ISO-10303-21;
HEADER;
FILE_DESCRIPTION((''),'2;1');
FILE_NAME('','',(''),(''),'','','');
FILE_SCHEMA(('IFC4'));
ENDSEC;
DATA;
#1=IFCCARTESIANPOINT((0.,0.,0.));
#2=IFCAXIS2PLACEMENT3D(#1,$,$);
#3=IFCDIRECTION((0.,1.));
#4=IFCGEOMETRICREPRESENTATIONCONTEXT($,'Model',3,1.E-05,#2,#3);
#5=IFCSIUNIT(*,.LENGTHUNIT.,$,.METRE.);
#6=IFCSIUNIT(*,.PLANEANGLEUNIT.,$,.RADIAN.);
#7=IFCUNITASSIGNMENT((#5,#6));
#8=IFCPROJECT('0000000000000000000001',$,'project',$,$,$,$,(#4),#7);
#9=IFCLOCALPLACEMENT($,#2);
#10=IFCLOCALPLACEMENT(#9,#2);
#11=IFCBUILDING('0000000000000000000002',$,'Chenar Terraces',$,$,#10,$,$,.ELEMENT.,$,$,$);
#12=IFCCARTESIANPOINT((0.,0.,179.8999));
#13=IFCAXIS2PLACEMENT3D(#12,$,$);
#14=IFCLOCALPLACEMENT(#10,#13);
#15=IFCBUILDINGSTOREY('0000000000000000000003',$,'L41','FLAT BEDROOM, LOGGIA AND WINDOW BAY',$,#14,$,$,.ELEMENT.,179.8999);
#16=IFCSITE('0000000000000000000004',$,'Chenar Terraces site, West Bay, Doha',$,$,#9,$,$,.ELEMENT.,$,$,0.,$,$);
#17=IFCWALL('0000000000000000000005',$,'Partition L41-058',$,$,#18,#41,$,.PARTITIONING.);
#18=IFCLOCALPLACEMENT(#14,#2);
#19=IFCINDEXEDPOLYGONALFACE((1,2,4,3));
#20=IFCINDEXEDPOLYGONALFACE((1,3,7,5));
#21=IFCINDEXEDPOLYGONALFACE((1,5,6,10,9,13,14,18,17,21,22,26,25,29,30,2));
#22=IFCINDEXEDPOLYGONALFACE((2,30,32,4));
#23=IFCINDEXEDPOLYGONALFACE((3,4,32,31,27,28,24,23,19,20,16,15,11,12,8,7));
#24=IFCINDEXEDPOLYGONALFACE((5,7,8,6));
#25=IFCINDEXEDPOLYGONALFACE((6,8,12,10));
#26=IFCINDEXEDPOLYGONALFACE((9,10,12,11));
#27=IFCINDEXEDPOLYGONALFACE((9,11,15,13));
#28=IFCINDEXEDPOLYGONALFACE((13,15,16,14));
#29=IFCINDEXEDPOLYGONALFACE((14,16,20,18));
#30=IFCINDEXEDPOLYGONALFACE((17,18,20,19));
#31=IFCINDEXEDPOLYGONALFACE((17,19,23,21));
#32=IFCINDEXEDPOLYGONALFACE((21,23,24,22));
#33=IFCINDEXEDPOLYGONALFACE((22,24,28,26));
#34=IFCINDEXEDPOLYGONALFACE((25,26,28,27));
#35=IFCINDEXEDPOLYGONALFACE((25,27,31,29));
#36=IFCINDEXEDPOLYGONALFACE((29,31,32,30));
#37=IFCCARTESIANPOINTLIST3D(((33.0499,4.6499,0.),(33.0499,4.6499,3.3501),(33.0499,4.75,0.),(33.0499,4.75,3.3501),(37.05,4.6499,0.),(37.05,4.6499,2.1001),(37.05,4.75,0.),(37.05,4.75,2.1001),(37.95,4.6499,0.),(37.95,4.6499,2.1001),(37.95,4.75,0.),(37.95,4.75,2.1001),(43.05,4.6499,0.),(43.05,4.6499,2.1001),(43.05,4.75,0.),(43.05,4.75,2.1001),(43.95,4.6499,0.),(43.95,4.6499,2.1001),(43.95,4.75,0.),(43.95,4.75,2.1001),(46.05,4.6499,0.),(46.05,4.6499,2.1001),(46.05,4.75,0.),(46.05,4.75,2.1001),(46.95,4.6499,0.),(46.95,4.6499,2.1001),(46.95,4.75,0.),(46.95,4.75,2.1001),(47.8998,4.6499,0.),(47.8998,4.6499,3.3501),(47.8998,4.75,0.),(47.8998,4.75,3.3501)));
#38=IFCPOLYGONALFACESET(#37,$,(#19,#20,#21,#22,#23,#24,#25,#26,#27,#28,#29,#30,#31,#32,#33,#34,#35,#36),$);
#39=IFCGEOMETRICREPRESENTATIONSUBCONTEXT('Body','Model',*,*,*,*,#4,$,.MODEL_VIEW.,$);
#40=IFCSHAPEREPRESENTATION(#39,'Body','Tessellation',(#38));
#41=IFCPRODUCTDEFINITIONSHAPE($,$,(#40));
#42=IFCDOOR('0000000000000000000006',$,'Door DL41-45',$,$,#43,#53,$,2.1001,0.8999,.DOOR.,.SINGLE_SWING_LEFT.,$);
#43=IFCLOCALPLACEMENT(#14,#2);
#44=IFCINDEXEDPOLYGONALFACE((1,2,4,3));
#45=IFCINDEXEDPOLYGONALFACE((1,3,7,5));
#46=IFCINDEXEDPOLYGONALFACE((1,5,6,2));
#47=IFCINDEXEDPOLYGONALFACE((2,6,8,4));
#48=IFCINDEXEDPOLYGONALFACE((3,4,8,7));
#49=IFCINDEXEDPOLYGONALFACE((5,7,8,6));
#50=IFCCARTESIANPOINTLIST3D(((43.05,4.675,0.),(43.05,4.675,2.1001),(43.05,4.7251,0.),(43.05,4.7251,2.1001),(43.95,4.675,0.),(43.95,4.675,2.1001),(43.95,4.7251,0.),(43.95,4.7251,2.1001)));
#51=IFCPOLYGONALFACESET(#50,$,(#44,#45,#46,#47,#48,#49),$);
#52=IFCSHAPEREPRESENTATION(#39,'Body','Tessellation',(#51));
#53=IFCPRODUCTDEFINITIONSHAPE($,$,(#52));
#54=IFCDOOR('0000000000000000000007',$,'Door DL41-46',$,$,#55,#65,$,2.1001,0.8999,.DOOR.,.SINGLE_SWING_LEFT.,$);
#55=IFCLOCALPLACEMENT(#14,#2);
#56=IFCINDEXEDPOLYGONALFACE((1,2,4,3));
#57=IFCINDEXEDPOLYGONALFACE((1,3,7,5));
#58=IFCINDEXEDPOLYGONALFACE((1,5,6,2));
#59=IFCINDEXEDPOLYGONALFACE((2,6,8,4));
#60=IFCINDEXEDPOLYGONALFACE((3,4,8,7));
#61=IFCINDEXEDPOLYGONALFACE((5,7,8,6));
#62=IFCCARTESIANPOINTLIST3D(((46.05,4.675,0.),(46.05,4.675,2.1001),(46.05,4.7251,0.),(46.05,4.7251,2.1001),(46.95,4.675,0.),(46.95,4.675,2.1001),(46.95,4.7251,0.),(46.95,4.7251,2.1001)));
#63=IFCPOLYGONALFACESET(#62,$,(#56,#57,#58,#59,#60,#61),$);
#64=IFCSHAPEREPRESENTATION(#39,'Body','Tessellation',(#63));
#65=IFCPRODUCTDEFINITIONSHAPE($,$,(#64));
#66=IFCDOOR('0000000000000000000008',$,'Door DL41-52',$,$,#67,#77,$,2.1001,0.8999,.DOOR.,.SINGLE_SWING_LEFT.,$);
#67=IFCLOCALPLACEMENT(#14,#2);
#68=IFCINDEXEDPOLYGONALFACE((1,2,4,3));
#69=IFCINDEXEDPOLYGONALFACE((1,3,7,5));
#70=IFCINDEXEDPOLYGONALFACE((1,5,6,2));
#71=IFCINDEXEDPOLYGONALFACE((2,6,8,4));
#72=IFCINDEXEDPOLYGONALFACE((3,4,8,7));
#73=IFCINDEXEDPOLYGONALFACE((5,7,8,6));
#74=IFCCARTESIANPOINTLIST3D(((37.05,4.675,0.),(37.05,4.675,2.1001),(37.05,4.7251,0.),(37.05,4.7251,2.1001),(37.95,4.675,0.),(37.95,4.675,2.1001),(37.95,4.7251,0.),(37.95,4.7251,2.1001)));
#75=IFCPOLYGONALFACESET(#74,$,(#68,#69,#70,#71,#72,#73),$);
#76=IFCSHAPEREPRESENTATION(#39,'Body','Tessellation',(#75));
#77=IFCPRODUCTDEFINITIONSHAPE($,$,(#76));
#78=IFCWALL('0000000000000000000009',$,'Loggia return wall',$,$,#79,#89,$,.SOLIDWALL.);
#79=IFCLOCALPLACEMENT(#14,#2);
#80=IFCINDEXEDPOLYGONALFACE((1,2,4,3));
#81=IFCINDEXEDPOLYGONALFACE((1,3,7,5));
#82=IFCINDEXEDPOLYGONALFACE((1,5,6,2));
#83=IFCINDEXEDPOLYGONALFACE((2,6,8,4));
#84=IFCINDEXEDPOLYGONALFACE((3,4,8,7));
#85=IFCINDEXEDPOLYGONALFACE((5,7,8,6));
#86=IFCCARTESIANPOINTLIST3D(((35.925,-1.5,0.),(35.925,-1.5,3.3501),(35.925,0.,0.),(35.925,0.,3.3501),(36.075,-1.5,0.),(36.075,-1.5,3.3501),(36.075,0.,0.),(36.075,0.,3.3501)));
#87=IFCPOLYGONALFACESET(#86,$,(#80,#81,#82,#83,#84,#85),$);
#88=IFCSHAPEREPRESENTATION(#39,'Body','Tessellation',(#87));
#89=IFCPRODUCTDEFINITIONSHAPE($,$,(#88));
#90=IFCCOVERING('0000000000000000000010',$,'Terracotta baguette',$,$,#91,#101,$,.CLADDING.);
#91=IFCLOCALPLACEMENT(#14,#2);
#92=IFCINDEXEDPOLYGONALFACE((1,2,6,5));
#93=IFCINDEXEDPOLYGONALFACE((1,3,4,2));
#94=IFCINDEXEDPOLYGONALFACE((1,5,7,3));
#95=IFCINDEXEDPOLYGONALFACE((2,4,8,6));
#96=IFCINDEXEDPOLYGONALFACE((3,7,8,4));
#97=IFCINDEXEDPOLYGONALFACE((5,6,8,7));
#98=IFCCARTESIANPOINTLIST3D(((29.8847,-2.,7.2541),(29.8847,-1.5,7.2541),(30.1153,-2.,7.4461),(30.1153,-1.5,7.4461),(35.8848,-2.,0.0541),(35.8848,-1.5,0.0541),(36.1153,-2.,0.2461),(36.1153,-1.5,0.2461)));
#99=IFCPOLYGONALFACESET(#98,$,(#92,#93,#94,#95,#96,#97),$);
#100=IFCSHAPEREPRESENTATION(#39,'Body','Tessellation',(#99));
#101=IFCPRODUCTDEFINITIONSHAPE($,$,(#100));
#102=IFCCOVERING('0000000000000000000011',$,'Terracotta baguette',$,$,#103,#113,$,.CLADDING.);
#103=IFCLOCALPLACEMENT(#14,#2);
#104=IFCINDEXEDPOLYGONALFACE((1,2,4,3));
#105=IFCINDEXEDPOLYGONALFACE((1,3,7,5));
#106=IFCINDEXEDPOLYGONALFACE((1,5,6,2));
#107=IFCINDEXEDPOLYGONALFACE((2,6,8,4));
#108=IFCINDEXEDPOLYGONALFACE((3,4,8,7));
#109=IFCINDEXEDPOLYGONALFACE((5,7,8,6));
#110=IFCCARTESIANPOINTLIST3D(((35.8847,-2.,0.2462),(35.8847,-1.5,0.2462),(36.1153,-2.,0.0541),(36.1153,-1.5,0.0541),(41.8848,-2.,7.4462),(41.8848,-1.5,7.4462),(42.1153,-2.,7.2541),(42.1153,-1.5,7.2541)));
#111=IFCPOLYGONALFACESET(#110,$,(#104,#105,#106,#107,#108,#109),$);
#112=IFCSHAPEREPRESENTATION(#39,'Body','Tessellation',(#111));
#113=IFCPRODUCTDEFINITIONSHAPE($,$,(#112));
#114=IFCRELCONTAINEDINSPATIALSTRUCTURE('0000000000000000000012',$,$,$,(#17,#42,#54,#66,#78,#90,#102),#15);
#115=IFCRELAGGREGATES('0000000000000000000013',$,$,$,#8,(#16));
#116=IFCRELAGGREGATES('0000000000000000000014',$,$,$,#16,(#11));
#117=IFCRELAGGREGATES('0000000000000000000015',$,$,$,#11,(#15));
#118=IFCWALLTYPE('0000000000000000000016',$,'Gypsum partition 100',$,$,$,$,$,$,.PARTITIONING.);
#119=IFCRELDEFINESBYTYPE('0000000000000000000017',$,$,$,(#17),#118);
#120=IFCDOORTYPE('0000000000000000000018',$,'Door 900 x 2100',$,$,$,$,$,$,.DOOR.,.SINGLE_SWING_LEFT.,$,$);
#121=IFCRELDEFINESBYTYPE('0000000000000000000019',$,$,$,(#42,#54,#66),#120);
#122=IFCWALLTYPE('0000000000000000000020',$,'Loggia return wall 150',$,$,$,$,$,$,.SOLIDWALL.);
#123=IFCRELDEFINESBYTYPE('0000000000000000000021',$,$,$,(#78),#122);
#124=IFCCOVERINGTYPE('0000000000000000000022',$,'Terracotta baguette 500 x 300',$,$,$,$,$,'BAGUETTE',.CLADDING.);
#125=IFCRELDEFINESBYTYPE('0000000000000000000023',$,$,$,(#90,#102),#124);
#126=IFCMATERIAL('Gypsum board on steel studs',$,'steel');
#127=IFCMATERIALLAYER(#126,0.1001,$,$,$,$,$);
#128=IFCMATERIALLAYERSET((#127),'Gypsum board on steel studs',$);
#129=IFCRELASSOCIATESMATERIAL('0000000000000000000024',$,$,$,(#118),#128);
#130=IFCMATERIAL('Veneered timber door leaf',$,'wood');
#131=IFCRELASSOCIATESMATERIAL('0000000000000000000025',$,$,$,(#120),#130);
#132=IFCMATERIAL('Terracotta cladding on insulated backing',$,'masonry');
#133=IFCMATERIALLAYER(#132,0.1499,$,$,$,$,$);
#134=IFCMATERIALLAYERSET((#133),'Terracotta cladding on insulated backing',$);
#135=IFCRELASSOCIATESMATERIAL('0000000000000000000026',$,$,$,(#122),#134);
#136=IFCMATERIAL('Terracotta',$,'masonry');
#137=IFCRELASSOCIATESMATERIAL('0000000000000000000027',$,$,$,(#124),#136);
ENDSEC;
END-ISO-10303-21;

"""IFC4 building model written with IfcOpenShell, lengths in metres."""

from ifc_helpers import new_model, si_unit, direction, frame, frame_2d, origin, origin_2d, place, context, subcontext, project, spatial, rectangle, extrude, material, layer, layer_set, material_profile, profile_set, type_object, element, fill, save


model = new_model("IFC4")

# Units and contexts
model_context = context("Model", 3, precision=1e-05, world=origin(), true_north=direction((0.0, 1.0)))
body_context = subcontext(model_context, "Body", "Model", "MODEL_VIEW")
ifc_project = project(units=[si_unit("LENGTHUNIT", "METRE"), si_unit("PLANEANGLEUNIT", "RADIAN")], contexts=[model_context])

# Site, building, storey
site_placement = place(None, origin())
site = spatial("IfcSite", under=ifc_project, at=site_placement, Name="Chenar Terraces site, West Bay, Doha", CompositionType="ELEMENT", RefElevation=0.0)
building_placement = place(site_placement, origin())
building = spatial("IfcBuilding", under=site, at=building_placement, Name="Chenar Terraces", CompositionType="ELEMENT")
storey_placement = place(building_placement, frame((0.0, 0.0, 179.8999)))
storey = spatial("IfcBuildingStorey", under=building, at=storey_placement, Name="L41", Description="FLAT BEDROOM, LOGGIA AND WINDOW BAY", CompositionType="ELEMENT", Elevation=179.8999)

# Shared definitions
ifc_material_1 = material(Name="Gypsum board on steel studs", Category="steel")
ifc_layer_1 = layer(ifc_material_1, 0.1001)
ifc_layer_set_1 = layer_set([ifc_layer_1], Name="Gypsum board on steel studs")
wall_type_1 = type_object("IfcWallType", Name="Gypsum partition 100", PredefinedType="PARTITIONING", material=ifc_layer_set_1)

# Shared definitions
ifc_material_2 = material(Name="Veneered timber door leaf", Category="wood")
door_type_1 = type_object("IfcDoorType", Name="Door 900 x 2100", OperationType="SINGLE_SWING_LEFT", PredefinedType="DOOR", material=ifc_material_2)

# Wall, openings, doors
wall_1_placement = place(storey_placement, frame((33.05, 4.7, 0.0), z_axis=(0.0, 0.0, 1.0), x_axis=(1.0, 0.0, 0.0)))
wall_1 = element("IfcWall", 1, at=wall_1_placement, inside=storey, type_object=wall_type_1, Name="Partition L41-058", PredefinedType="PARTITIONING", context=body_context, shape_type="SweptSolid", body=[
    extrude(rectangle(XDim=14.8499, YDim=0.1001, at=frame_2d((7.4248, 0.0))), origin(), (0.0, 0.0, 1.0), 3.3501),
])
opening_1_placement = place(wall_1_placement, frame((10.0, 0.0, 0.0)))
opening_1 = element("IfcOpeningElement", 2, at=opening_1_placement, cuts=wall_1, PredefinedType="OPENING", context=body_context, shape_type="SweptSolid", body=[
    extrude(rectangle(XDim=0.8999, YDim=2.1001, at=frame_2d((0.45, 1.05))), frame((0.0, 0.0601, 0.0), z_axis=(0.0, -1.0, 0.0), x_axis=(1.0, 0.0, 0.0)), (0.0, 0.0, 1.0), 0.1201),
])
opening_2_placement = place(wall_1_placement, frame((13.0, 0.0, 0.0)))
opening_2 = element("IfcOpeningElement", 3, at=opening_2_placement, cuts=wall_1, PredefinedType="OPENING", context=body_context, shape_type="SweptSolid", body=[
    extrude(rectangle(XDim=0.8999, YDim=2.1001, at=frame_2d((0.45, 1.05))), frame((0.0, 0.0601, 0.0), z_axis=(0.0, -1.0, 0.0), x_axis=(1.0, 0.0, 0.0)), (0.0, 0.0, 1.0), 0.1201),
])
opening_3_placement = place(wall_1_placement, frame((4.0, 0.0, 0.0)))
opening_3 = element("IfcOpeningElement", 4, at=opening_3_placement, cuts=wall_1, PredefinedType="OPENING", context=body_context, shape_type="SweptSolid", body=[
    extrude(rectangle(XDim=0.8999, YDim=2.1001, at=frame_2d((0.45, 1.05))), frame((0.0, 0.0601, 0.0), z_axis=(0.0, -1.0, 0.0), x_axis=(1.0, 0.0, 0.0)), (0.0, 0.0, 1.0), 0.1201),
])
door_1_placement = place(opening_1_placement, frame((0.8999, 0.0, 0.0), z_axis=(0.0, 0.0, 1.0), x_axis=(-1.0, 0.0, 0.0)))
door_1 = element("IfcDoor", 5, at=door_1_placement, inside=storey, type_object=door_type_1, Name="Door DL41-45", OperationType="SINGLE_SWING_LEFT", OverallHeight=2.1001, OverallWidth=0.8999, PredefinedType="DOOR", context=body_context, shape_type="SweptSolid", body=[
    extrude(rectangle(XDim=0.8999, YDim=2.1001, at=frame_2d((0.45, 1.05))), frame((0.0, 0.0249, 0.0), z_axis=(0.0, -1.0, 0.0), x_axis=(1.0, 0.0, 0.0)), (0.0, 0.0, 1.0), 0.05),
])
fill(opening_1, door_1)
door_2_placement = place(opening_2_placement, frame((0.8999, 0.0, 0.0), z_axis=(0.0, 0.0, 1.0), x_axis=(-1.0, 0.0, 0.0)))
door_2 = element("IfcDoor", 6, at=door_2_placement, inside=storey, type_object=door_type_1, Name="Door DL41-46", OperationType="SINGLE_SWING_LEFT", OverallHeight=2.1001, OverallWidth=0.8999, PredefinedType="DOOR", context=body_context, shape_type="SweptSolid", body=[
    extrude(rectangle(XDim=0.8999, YDim=2.1001, at=frame_2d((0.45, 1.05))), frame((0.0, 0.0249, 0.0), z_axis=(0.0, -1.0, 0.0), x_axis=(1.0, 0.0, 0.0)), (0.0, 0.0, 1.0), 0.05),
])
fill(opening_2, door_2)
door_3_placement = place(opening_3_placement, frame((0.8999, 0.0, 0.0), z_axis=(0.0, 0.0, 1.0), x_axis=(-1.0, 0.0, 0.0)))
door_3 = element("IfcDoor", 7, at=door_3_placement, inside=storey, type_object=door_type_1, Name="Door DL41-52", OperationType="SINGLE_SWING_LEFT", OverallHeight=2.1001, OverallWidth=0.8999, PredefinedType="DOOR", context=body_context, shape_type="SweptSolid", body=[
    extrude(rectangle(XDim=0.8999, YDim=2.1001, at=frame_2d((0.45, 1.05))), frame((0.0, 0.0249, 0.0), z_axis=(0.0, -1.0, 0.0), x_axis=(1.0, 0.0, 0.0)), (0.0, 0.0, 1.0), 0.05),
])
fill(opening_3, door_3)

# Wall
ifc_material_3 = material(Name="Terracotta cladding on insulated backing", Category="masonry")
ifc_layer_2 = layer(ifc_material_3, 0.1499)
ifc_layer_set_2 = layer_set([ifc_layer_2], Name="Terracotta cladding on insulated backing")
wall_type_2 = type_object("IfcWallType", Name="Loggia return wall 150", PredefinedType="SOLIDWALL", material=ifc_layer_set_2)
wall_2_placement = place(storey_placement, frame((36.0, -1.5, 0.0), z_axis=(0.0, 0.0, 1.0), x_axis=(0.0, 1.0, 0.0)))
element("IfcWall", 8, at=wall_2_placement, inside=storey, type_object=wall_type_2, Name="Loggia return wall", PredefinedType="SOLIDWALL", context=body_context, shape_type="SweptSolid", body=[
    extrude(rectangle(XDim=1.5, YDim=0.1499, at=frame_2d((0.75, 0.0))), origin(), (0.0, 0.0, 1.0), 3.3501),
])

# Coverings
ifc_material_4 = material(Name="Terracotta", Category="masonry")
ifc_material_profile_1 = material_profile(ifc_material_4, rectangle(XDim=0.5, YDim=0.3, at=origin_2d()), Name="Terracotta baguette 500 x 300")
ifc_profile_set_1 = profile_set([ifc_material_profile_1], Name="Terracotta")
covering_type = type_object("IfcCoveringType", Name="Terracotta baguette 500 x 300", ElementType="BAGUETTE", PredefinedType="CLADDING", material=ifc_profile_set_1)
for number, where, z_axis, x_axis, name in (
    (9, (30.0, -1.75, 7.3501), (0.640187, 0.0, -0.768219), (0.0, 1.0, 0.0), "Terracotta baguette"),
    (10, (36.0, -1.75, 0.1501), (0.640187, 0.0, 0.768219), (0.0, 1.0, 0.0), "Terracotta baguette"),
):
    element("IfcCovering", number, at=place(storey_placement, frame(where, z_axis=z_axis, x_axis=x_axis)), inside=storey, type_object=covering_type, Name=name, PredefinedType="CLADDING", context=body_context, shape_type="SweptSolid", body=[
        extrude(rectangle(XDim=0.5, YDim=0.3, at=origin_2d()), origin(), (0.0, 0.0, 1.0), 9.3723),
    ])

save(model, "model.ifc")
